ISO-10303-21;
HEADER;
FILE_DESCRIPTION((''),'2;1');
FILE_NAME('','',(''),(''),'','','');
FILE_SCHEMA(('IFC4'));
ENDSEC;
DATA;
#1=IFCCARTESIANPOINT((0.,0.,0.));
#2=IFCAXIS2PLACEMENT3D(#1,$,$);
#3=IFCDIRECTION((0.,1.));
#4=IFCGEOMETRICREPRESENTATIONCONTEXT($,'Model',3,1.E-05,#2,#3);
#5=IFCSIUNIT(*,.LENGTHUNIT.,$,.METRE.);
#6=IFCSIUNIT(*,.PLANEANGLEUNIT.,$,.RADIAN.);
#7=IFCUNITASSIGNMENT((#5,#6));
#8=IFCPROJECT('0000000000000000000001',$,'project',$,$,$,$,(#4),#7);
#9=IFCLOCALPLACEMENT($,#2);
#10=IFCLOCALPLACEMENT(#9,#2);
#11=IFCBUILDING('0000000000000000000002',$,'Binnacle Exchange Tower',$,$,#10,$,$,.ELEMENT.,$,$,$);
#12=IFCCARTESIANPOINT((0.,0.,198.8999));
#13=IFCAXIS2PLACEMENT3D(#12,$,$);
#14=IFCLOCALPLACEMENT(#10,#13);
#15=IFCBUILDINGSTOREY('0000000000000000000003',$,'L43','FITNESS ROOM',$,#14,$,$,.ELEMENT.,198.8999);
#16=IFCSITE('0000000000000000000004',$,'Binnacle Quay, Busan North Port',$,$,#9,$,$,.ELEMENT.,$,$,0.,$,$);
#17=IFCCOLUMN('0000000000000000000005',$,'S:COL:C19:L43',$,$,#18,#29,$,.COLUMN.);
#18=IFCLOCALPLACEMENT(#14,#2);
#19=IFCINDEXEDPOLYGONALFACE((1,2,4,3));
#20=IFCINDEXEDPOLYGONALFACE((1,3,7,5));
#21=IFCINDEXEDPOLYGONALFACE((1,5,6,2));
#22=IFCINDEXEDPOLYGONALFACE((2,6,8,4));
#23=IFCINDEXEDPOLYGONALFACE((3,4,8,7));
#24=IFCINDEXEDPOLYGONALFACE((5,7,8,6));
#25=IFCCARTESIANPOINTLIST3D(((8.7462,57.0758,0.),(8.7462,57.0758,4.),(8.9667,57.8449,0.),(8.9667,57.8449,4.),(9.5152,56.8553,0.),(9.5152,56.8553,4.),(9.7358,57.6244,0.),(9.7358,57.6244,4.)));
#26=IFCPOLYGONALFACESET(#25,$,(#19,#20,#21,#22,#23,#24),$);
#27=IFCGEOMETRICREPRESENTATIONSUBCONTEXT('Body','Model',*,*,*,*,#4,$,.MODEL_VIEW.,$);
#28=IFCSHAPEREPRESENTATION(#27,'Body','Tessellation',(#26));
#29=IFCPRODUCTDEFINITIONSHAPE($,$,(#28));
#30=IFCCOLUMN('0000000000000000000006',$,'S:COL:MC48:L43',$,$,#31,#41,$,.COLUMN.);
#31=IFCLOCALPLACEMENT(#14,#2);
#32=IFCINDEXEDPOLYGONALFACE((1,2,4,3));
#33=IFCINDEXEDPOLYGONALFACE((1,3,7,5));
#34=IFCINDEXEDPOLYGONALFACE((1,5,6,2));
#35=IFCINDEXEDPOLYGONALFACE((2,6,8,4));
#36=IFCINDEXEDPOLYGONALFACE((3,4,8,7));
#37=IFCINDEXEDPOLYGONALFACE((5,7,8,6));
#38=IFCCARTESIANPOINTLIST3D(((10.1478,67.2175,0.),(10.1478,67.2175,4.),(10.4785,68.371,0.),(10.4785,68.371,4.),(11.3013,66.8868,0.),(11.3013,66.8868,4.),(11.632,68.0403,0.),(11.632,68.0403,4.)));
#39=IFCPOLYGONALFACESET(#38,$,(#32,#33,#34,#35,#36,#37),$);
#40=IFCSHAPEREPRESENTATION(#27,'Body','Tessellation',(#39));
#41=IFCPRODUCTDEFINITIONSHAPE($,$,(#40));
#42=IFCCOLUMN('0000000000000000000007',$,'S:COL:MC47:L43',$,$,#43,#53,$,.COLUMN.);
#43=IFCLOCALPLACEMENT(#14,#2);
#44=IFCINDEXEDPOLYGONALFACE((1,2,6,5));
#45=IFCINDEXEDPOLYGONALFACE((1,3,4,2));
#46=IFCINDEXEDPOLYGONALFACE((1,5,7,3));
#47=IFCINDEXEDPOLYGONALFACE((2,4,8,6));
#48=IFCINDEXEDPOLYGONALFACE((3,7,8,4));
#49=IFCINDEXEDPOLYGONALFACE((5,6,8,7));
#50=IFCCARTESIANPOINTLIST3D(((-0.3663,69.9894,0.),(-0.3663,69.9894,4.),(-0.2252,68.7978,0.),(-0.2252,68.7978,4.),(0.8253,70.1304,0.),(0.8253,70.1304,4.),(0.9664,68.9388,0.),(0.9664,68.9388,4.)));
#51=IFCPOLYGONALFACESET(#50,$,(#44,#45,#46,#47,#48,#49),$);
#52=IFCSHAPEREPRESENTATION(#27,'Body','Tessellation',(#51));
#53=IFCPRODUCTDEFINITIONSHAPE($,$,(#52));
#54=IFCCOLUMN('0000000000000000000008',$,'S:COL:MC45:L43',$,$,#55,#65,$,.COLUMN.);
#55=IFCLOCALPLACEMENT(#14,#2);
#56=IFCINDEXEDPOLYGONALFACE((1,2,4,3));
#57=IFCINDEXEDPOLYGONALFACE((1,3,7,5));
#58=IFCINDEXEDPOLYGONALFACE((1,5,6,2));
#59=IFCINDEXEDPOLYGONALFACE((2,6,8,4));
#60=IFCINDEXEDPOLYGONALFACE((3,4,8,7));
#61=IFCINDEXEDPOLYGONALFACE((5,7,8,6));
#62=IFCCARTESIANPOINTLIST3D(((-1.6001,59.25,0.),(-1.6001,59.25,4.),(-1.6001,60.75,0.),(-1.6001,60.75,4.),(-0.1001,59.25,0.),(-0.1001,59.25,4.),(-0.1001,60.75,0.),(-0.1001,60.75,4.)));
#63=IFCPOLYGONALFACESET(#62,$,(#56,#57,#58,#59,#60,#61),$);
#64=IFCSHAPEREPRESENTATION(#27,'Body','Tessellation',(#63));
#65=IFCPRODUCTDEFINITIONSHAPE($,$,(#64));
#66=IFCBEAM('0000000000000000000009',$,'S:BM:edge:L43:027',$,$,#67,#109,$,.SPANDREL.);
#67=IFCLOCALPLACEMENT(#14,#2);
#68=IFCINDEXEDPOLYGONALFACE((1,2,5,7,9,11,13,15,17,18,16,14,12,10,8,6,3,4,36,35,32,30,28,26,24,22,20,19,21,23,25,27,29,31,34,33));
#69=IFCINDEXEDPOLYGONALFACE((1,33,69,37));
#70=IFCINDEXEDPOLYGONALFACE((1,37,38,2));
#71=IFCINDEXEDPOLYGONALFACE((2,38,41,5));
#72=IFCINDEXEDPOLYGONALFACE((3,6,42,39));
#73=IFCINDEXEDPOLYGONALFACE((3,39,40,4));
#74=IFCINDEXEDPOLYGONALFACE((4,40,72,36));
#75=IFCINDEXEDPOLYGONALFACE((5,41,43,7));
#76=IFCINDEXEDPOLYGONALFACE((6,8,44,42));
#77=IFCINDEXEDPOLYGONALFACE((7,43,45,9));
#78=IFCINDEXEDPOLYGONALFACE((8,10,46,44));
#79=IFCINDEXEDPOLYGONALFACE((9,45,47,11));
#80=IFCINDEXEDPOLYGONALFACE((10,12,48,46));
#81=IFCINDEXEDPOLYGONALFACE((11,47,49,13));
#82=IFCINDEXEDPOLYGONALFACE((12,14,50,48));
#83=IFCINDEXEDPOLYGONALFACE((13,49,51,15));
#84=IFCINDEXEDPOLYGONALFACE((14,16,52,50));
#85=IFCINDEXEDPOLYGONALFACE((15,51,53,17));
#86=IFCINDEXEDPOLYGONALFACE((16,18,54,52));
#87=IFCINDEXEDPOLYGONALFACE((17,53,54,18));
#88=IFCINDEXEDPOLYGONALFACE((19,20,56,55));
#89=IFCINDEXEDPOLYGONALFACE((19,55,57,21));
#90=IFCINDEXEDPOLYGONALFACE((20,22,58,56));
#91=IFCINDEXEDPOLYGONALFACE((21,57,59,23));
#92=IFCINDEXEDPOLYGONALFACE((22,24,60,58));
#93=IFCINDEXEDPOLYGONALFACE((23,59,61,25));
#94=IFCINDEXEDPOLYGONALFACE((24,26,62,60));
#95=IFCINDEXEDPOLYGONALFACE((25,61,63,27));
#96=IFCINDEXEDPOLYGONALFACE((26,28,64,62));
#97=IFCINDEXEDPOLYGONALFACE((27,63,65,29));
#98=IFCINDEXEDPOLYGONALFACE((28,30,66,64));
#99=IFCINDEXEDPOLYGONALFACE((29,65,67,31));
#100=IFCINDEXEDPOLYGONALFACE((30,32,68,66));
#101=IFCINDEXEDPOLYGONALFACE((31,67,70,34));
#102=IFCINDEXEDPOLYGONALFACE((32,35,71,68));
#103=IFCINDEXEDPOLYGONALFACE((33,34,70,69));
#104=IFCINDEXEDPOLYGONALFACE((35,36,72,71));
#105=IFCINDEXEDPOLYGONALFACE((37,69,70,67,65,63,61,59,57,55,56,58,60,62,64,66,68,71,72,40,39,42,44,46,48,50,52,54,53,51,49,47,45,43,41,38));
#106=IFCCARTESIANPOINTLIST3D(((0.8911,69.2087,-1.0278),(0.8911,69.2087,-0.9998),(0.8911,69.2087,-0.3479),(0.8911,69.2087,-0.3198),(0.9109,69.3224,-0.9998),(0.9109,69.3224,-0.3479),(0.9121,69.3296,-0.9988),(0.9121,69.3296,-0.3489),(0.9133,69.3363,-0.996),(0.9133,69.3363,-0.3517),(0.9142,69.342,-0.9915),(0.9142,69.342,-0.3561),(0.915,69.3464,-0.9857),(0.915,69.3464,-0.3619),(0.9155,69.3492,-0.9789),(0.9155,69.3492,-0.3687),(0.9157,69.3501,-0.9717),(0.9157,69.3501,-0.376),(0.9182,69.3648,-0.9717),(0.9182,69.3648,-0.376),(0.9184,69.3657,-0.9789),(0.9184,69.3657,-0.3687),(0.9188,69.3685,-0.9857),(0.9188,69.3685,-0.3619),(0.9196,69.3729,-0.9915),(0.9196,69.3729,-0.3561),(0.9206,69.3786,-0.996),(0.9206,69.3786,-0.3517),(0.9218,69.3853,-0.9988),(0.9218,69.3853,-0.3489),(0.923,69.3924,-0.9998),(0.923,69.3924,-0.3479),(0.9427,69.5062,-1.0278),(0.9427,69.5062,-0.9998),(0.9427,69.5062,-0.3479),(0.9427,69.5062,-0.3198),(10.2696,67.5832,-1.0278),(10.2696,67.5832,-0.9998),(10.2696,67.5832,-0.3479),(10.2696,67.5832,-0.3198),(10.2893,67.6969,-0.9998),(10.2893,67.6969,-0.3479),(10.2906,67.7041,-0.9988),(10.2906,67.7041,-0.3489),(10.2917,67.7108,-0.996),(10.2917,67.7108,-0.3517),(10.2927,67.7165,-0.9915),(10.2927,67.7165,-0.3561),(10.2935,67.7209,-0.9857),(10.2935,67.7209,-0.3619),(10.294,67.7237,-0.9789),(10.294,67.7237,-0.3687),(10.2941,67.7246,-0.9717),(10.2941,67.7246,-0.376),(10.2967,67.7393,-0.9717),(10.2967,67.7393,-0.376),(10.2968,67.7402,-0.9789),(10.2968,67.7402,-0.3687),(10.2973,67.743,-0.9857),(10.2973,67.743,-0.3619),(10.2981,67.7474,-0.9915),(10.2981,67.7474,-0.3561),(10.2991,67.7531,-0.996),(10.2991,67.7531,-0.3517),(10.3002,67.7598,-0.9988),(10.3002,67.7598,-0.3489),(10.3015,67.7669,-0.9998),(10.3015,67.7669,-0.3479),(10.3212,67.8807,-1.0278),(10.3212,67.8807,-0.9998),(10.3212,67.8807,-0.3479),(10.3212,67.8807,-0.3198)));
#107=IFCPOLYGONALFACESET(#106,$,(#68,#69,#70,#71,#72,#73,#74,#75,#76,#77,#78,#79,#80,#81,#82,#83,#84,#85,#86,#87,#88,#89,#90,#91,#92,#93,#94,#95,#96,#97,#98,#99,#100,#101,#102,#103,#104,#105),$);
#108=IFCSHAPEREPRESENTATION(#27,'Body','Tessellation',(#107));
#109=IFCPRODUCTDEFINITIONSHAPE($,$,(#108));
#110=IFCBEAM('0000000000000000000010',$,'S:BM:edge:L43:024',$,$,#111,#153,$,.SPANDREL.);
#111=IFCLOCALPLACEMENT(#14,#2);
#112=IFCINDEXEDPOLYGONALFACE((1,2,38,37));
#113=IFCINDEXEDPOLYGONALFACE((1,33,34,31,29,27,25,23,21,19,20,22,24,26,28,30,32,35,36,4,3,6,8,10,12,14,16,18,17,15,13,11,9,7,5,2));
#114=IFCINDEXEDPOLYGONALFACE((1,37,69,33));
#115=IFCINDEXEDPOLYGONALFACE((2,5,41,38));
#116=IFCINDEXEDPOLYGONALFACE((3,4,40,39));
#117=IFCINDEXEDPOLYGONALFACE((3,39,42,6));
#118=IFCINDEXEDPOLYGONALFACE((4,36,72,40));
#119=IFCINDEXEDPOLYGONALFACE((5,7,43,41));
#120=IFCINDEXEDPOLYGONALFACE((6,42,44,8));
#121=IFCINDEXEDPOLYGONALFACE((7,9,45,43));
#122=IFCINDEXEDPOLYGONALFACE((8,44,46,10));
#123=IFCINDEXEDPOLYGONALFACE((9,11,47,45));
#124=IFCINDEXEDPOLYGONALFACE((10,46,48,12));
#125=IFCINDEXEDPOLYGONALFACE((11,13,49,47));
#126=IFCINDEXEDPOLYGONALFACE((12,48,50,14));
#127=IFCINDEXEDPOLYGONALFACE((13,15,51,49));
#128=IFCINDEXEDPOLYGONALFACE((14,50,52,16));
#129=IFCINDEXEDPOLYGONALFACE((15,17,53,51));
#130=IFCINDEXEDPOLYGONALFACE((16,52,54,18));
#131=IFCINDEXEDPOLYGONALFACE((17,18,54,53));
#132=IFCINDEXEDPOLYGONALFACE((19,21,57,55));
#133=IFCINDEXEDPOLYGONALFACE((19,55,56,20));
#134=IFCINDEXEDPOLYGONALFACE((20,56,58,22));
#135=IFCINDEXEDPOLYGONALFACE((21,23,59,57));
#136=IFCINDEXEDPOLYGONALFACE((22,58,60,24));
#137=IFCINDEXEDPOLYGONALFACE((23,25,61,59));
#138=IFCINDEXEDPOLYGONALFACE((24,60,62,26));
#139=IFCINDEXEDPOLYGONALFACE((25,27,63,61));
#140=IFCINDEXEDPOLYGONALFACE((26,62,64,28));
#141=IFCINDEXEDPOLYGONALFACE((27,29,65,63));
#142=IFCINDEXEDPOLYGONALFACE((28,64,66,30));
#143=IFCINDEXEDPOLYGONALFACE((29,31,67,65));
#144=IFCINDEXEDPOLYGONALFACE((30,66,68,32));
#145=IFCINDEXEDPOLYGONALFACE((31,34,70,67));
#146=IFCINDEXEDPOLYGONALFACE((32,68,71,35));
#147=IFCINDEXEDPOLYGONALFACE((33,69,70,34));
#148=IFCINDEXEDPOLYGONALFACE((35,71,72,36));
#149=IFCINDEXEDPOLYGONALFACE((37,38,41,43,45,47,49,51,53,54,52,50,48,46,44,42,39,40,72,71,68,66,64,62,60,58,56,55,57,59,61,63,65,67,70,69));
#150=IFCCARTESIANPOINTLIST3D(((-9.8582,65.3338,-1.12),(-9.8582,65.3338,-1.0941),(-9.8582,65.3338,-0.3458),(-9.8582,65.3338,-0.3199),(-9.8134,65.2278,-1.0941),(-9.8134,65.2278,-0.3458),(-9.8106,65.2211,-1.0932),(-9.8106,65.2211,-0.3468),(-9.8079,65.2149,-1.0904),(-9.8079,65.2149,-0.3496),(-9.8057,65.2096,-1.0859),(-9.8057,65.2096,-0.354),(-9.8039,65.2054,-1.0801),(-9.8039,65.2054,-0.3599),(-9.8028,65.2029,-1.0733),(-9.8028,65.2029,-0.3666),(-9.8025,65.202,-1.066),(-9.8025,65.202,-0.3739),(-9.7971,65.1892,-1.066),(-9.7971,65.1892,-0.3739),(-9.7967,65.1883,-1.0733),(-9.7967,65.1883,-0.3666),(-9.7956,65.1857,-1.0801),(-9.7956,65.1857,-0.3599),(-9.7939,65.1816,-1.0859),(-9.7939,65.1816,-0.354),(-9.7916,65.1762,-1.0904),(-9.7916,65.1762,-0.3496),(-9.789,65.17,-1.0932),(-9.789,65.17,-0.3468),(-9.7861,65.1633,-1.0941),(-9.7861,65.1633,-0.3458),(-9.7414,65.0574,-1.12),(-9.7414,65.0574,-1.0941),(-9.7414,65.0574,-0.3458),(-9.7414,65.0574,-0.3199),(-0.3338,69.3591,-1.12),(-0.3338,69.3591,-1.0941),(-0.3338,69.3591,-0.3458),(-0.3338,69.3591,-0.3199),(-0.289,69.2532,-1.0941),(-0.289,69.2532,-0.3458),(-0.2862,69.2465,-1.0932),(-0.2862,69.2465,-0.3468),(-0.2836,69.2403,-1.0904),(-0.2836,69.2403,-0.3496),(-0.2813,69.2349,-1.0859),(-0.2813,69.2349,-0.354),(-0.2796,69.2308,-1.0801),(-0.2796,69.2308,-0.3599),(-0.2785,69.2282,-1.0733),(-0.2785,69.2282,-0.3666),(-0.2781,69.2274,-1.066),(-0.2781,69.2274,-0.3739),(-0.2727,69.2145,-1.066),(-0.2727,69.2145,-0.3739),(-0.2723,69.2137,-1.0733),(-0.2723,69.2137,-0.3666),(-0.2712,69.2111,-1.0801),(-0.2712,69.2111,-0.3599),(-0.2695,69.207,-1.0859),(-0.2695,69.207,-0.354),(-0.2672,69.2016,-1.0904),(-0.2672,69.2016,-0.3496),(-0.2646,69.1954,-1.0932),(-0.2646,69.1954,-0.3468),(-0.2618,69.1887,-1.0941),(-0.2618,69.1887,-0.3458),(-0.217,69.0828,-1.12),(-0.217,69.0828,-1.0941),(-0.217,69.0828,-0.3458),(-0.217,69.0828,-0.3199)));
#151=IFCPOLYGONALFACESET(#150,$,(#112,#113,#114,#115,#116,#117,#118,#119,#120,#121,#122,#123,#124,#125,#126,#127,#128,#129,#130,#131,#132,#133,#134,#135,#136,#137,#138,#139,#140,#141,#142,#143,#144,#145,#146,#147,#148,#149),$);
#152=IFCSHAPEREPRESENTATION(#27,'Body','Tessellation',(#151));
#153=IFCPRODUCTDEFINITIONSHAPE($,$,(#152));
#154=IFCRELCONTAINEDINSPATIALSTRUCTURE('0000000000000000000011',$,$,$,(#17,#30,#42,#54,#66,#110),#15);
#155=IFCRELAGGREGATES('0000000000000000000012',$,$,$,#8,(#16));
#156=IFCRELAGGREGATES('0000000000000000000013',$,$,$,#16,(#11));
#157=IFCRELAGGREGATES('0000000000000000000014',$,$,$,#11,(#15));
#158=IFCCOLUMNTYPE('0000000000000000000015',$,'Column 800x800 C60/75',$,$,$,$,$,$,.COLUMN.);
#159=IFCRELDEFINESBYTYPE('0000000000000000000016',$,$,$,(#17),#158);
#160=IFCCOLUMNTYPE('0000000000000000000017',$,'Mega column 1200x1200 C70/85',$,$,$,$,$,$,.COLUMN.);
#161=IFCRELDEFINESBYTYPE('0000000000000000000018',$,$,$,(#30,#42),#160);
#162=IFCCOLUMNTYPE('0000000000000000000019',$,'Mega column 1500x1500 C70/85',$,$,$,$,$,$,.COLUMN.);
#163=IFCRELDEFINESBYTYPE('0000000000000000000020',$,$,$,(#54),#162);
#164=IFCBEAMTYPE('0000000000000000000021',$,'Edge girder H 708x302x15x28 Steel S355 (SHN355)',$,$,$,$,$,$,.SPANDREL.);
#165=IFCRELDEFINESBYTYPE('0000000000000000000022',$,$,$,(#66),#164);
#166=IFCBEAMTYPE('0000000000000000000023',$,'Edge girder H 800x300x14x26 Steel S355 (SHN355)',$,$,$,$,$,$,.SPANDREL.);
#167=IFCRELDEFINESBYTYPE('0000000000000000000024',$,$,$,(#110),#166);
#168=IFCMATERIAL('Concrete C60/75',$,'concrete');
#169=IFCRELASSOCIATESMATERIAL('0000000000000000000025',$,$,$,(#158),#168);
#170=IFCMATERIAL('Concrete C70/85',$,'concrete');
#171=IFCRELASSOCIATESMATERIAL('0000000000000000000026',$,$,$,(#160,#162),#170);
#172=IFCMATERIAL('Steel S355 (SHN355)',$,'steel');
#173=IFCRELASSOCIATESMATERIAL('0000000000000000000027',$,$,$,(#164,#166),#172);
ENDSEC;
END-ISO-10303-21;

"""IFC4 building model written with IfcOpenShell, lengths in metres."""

from ifc_helpers import new_model, si_unit, direction, frame, origin, origin_2d, place, context, subcontext, project, spatial, rectangle, i_section, extrude, material, material_profile, profile_set, type_object, element, save


model = new_model("IFC4")

# Units and contexts
model_context = context("Model", 3, precision=1e-05, world=origin(), true_north=direction((0.0, 1.0)))
body_context = subcontext(model_context, "Body", "Model", "MODEL_VIEW")
ifc_project = project(units=[si_unit("LENGTHUNIT", "METRE"), si_unit("PLANEANGLEUNIT", "RADIAN")], contexts=[model_context])

# Site, building, storey
site_placement = place(None, origin())
site = spatial("IfcSite", under=ifc_project, at=site_placement, Name="Binnacle Quay, Busan North Port", CompositionType="ELEMENT", RefElevation=0.0)
building_placement = place(site_placement, origin())
building = spatial("IfcBuilding", under=site, at=building_placement, Name="Binnacle Exchange Tower", CompositionType="ELEMENT")
storey_placement = place(building_placement, frame((0.0, 0.0, 198.8999)))
storey = spatial("IfcBuildingStorey", under=building, at=storey_placement, Name="L43", Description="FITNESS ROOM", CompositionType="ELEMENT", Elevation=198.8999)

# Columns
ifc_material_1 = material(Name="Concrete C60/75", Category="concrete")
ifc_material_profile_1 = material_profile(ifc_material_1, rectangle(XDim=0.8, YDim=0.8, at=origin_2d()), Name="Column 800x800 C60/75")
ifc_profile_set_1 = profile_set([ifc_material_profile_1], Name="Concrete C60/75")
column_type_1 = type_object("IfcColumnType", Name="Column 800x800 C60/75", PredefinedType="COLUMN", material=ifc_profile_set_1)
column_1_placement = place(storey_placement, frame((9.241, 57.3501, 0.0), z_axis=(0.0, 0.0, 1.0), x_axis=(0.961262, -0.275637, 0.0)))
element("IfcColumn", 1, at=column_1_placement, inside=storey, type_object=column_type_1, Name="S:COL:C19:L43", PredefinedType="COLUMN", context=body_context, shape_type="SweptSolid", body=[
    extrude(rectangle(XDim=0.8, YDim=0.8, at=origin_2d()), origin(), (0.0, 0.0, 1.0), 4.0),
])
ifc_material_2 = material(Name="Concrete C70/85", Category="concrete")
ifc_material_profile_2 = material_profile(ifc_material_2, rectangle(XDim=1.2, YDim=1.2, at=origin_2d()), Name="Mega column 1200x1200 C70/85")
ifc_profile_set_2 = profile_set([ifc_material_profile_2], Name="Concrete C70/85")
column_type_2 = type_object("IfcColumnType", Name="Mega column 1200x1200 C70/85", PredefinedType="COLUMN", material=ifc_profile_set_2)
for number, where, z_axis, x_axis, name in (
    (2, (10.8899, 67.6289, 0.0), (0.0, 0.0, 1.0), (-0.961262, 0.275637, 0.0), "S:COL:MC48:L43"),
    (3, (0.3, 69.4641, 0.0), (0.0, 0.0, 1.0), (-0.993068, -0.117537, 0.0), "S:COL:MC47:L43"),
):
    element("IfcColumn", number, at=place(storey_placement, frame(where, z_axis=z_axis, x_axis=x_axis)), inside=storey, type_object=column_type_2, Name=name, PredefinedType="COLUMN", context=body_context, shape_type="SweptSolid", body=[
        extrude(rectangle(XDim=1.2, YDim=1.2, at=origin_2d()), origin(), (0.0, 0.0, 1.0), 4.0),
    ])
ifc_material_profile_3 = material_profile(ifc_material_2, rectangle(XDim=1.5, YDim=1.5, at=origin_2d()), Name="Mega column 1500x1500 C70/85")
ifc_profile_set_3 = profile_set([ifc_material_profile_3], Name="Concrete C70/85")
column_type_3 = type_object("IfcColumnType", Name="Mega column 1500x1500 C70/85", PredefinedType="COLUMN", material=ifc_profile_set_3)
column_2_placement = place(storey_placement, frame((-0.8501, 60.0, 0.0), z_axis=(0.0, 0.0, 1.0), x_axis=(0.0, 1.0, 0.0)))
element("IfcColumn", 4, at=column_2_placement, inside=storey, type_object=column_type_3, Name="S:COL:MC45:L43", PredefinedType="COLUMN", context=body_context, shape_type="SweptSolid", body=[
    extrude(rectangle(XDim=1.5, YDim=1.5, at=origin_2d()), origin(), (0.0, 0.0, 1.0), 4.0),
])

# Beams
ifc_material_3 = material(Name="Steel S355 (SHN355)", Category="steel")
ifc_material_profile_4 = material_profile(ifc_material_3, i_section(OverallWidth=0.302, OverallDepth=0.708, WebThickness=0.0149, FlangeThickness=0.0281, FilletRadius=0.0281, at=origin_2d()), Name="H 708x302x15x28")
ifc_profile_set_4 = profile_set([ifc_material_profile_4], Name="Steel S355 (SHN355)")
beam_type_1 = type_object("IfcBeamType", Name="Edge girder H 708x302x15x28 Steel S355 (SHN355)", PredefinedType="SPANDREL", material=ifc_profile_set_4)
beam_1_placement = place(storey_placement, frame((10.2954, 67.7319, -0.6738), z_axis=(-0.98531, 0.170776, 0.0), x_axis=(-0.170776, -0.98531, 0.0)))
element("IfcBeam", 5, at=beam_1_placement, inside=storey, type_object=beam_type_1, Name="S:BM:edge:L43:027", PredefinedType="SPANDREL", context=body_context, shape_type="SweptSolid", body=[
    extrude(i_section(OverallWidth=0.302, OverallDepth=0.708, WebThickness=0.0149, FlangeThickness=0.0281, FilletRadius=0.0281, at=origin_2d()), origin(), (0.0, 0.0, 1.0), 9.5183),
])
ifc_material_profile_5 = material_profile(ifc_material_3, i_section(OverallWidth=0.3, OverallDepth=0.8, WebThickness=0.0139, FlangeThickness=0.0259, FilletRadius=0.0281, at=origin_2d()), Name="H 800x300x14x26")
ifc_profile_set_5 = profile_set([ifc_material_profile_5], Name="Steel S355 (SHN355)")
beam_type_2 = type_object("IfcBeamType", Name="Edge girder H 800x300x14x26 Steel S355 (SHN355)", PredefinedType="SPANDREL", material=ifc_profile_set_5)
beam_2_placement = place(storey_placement, frame((-0.2754, 69.2209, -0.72), z_axis=(-0.921112, -0.389298, 0.0), x_axis=(0.389298, -0.921112, 0.0)))
element("IfcBeam", 6, at=beam_2_placement, inside=storey, type_object=beam_type_2, Name="S:BM:edge:L43:024", PredefinedType="SPANDREL", context=body_context, shape_type="SweptSolid", body=[
    extrude(i_section(OverallWidth=0.3, OverallDepth=0.8, WebThickness=0.0139, FlangeThickness=0.0259, FilletRadius=0.0281, at=origin_2d()), origin(), (0.0, 0.0, 1.0), 10.3401),
])

save(model, "model.ifc")
